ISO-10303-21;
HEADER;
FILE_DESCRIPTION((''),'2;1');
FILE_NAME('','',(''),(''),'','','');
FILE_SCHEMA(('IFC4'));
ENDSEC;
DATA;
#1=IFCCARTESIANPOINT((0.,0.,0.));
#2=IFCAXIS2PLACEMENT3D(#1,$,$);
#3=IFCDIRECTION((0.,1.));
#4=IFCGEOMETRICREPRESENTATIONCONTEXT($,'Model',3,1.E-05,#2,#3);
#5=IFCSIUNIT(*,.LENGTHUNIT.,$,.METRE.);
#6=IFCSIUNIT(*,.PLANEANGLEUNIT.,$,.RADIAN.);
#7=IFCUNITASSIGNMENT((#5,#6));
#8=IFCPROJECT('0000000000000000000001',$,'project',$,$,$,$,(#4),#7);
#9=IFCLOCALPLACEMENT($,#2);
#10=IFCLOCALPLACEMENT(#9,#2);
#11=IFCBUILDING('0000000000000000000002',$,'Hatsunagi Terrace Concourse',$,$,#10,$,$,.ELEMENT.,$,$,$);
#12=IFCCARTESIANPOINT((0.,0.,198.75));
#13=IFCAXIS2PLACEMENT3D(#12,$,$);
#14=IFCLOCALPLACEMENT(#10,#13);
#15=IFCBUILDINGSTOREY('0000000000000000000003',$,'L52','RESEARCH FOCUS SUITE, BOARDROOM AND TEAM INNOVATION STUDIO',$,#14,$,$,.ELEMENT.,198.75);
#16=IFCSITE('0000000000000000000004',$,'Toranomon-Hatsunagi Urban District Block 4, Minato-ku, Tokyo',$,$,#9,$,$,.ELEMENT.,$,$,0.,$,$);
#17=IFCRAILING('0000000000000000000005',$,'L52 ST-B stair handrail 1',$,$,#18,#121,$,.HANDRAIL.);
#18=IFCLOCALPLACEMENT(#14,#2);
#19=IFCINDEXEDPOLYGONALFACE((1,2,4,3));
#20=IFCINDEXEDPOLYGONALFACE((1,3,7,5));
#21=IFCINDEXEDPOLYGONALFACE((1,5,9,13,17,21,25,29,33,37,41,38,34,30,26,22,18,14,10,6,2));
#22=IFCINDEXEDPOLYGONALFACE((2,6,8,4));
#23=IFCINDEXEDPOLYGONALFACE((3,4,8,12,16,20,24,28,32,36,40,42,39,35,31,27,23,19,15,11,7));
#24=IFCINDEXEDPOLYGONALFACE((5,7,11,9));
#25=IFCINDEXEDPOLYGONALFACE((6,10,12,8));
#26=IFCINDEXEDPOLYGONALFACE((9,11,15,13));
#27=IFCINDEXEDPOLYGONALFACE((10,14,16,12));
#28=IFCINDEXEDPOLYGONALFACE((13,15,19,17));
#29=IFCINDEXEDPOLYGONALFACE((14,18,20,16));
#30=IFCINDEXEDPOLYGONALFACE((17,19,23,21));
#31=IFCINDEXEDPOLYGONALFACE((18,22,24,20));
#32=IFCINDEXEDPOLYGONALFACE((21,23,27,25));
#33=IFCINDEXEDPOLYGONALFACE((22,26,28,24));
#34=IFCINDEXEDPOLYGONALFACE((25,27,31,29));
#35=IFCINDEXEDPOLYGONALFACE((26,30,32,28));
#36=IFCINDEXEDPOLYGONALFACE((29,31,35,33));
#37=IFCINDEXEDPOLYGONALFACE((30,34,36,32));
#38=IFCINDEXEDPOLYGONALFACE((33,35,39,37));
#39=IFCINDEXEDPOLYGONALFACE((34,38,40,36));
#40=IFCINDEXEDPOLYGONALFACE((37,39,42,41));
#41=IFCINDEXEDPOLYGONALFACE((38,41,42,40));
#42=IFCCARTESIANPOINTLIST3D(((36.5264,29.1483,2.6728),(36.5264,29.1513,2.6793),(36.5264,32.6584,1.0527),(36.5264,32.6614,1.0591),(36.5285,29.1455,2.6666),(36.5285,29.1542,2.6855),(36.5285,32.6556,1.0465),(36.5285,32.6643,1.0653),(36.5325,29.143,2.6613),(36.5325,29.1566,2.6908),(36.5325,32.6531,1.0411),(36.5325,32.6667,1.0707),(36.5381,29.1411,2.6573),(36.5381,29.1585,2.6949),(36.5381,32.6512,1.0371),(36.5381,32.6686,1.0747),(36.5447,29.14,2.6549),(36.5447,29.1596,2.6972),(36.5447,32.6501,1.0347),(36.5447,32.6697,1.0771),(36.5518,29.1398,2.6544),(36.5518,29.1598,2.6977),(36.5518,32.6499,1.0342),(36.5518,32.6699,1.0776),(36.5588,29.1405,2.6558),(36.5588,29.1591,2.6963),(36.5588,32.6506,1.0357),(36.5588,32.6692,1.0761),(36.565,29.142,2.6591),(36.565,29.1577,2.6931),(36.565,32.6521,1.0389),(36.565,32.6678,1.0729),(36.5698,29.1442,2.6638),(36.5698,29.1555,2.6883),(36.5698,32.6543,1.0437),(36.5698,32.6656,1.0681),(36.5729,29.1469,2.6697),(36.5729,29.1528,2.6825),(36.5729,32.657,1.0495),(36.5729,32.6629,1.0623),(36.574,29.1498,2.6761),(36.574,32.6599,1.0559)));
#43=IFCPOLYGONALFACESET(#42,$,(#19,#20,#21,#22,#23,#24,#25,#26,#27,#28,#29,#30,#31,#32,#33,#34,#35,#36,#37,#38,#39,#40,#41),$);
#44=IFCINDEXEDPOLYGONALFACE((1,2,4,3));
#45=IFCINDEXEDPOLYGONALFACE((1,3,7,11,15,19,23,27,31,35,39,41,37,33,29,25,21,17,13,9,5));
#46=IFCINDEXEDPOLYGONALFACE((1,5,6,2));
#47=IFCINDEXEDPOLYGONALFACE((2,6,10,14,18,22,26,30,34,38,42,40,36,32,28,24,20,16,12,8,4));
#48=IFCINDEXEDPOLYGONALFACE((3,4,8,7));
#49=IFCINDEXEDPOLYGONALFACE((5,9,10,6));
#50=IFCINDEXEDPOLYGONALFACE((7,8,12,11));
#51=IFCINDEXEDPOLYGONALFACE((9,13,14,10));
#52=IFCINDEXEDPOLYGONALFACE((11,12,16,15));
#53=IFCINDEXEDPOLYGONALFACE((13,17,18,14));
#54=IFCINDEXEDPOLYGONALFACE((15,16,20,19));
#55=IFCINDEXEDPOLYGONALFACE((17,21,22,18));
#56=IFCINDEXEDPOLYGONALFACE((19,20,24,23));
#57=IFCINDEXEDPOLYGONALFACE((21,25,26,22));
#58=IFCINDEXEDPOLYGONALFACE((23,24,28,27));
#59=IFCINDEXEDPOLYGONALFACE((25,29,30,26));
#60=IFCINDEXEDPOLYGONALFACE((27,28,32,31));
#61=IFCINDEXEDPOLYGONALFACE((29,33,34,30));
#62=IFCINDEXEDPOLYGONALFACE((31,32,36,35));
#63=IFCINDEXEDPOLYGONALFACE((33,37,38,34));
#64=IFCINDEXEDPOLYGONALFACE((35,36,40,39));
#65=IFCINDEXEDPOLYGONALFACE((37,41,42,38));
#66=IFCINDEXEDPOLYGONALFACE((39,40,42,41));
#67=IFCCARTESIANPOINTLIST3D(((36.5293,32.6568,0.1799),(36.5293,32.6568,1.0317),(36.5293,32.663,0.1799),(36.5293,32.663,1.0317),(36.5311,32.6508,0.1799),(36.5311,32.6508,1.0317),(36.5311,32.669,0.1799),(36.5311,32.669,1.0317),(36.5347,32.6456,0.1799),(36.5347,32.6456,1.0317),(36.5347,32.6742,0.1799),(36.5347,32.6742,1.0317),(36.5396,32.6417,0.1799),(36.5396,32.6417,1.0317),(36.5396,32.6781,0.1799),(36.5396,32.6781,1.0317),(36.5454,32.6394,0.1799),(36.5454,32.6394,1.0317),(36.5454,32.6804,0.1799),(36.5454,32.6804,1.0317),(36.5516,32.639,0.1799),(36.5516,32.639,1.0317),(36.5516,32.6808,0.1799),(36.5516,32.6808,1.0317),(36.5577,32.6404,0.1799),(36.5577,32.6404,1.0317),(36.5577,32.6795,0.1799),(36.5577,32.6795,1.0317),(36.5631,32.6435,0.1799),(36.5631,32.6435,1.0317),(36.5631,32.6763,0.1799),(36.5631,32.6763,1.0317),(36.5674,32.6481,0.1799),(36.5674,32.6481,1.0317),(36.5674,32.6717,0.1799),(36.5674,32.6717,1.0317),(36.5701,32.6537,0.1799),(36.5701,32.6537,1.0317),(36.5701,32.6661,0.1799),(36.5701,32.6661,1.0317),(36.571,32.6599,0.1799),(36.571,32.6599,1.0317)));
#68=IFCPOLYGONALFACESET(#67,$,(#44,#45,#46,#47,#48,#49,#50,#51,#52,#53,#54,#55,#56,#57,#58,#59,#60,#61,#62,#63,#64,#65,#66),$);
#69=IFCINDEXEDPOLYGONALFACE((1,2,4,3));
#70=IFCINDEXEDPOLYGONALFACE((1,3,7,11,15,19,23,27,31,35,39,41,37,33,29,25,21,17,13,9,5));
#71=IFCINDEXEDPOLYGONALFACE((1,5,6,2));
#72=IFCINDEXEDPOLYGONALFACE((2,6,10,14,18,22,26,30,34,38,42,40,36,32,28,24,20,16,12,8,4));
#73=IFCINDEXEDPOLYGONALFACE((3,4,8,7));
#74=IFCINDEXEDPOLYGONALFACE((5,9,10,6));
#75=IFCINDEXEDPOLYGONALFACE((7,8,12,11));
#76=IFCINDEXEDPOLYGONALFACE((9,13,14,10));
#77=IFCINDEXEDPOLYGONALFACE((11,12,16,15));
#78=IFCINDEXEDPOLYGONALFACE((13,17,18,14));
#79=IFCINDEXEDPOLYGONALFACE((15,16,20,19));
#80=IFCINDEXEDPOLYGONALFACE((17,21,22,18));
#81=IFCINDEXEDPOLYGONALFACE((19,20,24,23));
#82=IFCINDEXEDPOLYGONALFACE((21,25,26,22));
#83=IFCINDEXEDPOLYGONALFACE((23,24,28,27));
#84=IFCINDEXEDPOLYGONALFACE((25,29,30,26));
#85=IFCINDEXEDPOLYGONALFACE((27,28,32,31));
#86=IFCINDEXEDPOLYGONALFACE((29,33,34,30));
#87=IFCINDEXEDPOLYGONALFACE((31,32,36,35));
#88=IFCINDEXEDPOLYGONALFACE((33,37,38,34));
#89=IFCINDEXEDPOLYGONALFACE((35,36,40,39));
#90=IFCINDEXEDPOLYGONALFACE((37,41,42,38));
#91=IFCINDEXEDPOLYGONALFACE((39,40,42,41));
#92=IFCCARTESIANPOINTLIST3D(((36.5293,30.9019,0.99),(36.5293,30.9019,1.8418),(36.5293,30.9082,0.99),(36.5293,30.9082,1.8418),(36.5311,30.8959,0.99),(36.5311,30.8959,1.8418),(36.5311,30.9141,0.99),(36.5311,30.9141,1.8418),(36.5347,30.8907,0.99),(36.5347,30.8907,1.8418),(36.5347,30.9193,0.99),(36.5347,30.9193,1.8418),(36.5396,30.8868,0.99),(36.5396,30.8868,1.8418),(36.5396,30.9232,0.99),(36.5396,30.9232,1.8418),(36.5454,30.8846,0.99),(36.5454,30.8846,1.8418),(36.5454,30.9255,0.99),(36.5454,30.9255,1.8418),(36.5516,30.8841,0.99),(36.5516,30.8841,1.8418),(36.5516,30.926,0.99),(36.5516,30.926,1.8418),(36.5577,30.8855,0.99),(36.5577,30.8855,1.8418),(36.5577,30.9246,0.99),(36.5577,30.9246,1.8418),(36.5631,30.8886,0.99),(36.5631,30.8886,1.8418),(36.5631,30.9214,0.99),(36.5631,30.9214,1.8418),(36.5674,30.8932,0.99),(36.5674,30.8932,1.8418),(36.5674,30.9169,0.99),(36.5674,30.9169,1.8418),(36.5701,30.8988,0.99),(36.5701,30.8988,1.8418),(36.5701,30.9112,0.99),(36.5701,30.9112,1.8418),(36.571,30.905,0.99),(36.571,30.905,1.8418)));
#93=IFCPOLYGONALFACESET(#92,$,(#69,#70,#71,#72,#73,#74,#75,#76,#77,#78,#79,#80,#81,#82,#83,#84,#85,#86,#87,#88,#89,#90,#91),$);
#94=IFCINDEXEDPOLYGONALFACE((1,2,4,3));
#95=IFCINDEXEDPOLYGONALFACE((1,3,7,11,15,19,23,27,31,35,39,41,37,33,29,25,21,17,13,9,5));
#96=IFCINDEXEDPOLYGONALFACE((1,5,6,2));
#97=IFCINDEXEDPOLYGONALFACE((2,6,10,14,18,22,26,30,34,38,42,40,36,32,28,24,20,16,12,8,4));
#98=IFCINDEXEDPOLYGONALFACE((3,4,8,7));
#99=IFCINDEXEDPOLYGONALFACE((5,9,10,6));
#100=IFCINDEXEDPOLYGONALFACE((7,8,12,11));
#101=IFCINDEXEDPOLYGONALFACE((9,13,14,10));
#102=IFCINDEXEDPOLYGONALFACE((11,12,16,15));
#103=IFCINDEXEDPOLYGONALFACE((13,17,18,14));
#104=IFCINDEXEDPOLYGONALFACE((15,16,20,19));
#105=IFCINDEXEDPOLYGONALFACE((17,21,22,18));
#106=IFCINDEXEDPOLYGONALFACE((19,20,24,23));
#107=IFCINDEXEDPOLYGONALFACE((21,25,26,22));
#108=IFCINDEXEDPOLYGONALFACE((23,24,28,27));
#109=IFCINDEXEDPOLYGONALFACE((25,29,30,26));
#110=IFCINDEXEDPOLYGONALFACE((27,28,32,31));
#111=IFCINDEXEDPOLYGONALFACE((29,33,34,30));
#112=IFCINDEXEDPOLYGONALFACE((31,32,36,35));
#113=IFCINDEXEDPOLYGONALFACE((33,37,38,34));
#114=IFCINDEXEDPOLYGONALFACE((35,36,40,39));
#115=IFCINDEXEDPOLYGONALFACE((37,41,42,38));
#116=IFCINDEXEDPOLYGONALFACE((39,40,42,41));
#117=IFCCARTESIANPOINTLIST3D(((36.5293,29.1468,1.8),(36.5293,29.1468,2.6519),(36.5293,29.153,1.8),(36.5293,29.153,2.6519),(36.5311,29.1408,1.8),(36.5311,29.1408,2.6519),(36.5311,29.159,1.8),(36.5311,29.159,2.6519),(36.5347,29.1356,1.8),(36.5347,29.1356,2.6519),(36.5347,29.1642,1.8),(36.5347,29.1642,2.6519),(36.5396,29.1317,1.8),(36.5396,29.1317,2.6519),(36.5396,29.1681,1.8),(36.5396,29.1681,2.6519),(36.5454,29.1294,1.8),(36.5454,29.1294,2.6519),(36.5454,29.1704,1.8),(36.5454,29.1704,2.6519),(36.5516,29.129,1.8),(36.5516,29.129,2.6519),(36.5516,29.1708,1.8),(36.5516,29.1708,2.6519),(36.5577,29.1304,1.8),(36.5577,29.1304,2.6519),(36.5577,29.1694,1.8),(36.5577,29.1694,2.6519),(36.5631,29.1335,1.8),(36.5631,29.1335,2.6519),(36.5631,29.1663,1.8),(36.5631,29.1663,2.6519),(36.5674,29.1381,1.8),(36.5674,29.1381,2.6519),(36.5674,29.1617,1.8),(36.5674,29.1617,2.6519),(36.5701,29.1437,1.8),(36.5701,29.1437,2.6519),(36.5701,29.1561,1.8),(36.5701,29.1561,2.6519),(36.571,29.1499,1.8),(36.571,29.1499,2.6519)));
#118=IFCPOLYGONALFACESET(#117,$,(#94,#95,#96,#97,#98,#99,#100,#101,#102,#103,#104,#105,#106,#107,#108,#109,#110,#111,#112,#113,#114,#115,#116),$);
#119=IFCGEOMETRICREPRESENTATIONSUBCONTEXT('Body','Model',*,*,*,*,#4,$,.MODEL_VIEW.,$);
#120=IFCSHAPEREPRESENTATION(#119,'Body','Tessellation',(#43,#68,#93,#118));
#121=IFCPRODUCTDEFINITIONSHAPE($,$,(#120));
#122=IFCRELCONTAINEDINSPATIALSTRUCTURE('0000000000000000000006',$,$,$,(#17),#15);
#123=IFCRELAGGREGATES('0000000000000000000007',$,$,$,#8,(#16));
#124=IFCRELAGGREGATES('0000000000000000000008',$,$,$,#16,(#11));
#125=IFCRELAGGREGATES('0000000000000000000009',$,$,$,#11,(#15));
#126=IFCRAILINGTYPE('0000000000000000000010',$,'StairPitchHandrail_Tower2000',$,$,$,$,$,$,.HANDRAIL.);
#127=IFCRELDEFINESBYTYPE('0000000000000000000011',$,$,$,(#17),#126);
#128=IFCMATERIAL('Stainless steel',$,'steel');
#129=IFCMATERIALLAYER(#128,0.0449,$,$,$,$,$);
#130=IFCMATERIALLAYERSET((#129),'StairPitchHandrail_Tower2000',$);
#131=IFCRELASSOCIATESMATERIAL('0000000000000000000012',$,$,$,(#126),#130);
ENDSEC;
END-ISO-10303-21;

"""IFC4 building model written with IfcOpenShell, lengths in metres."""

from ifc_helpers import new_model, si_unit, direction, frame, origin, origin_2d, place, context, subcontext, project, spatial, circle, extrude, material, layer, layer_set, type_object, element, save


model = new_model("IFC4")

# Units and contexts
model_context = context("Model", 3, precision=1e-05, world=origin(), true_north=direction((0.0, 1.0)))
body_context = subcontext(model_context, "Body", "Model", "MODEL_VIEW")
ifc_project = project(units=[si_unit("LENGTHUNIT", "METRE"), si_unit("PLANEANGLEUNIT", "RADIAN")], contexts=[model_context])

# Site, building, storey
site_placement = place(None, origin())
site = spatial("IfcSite", under=ifc_project, at=site_placement, Name="Toranomon-Hatsunagi Urban District Block 4, Minato-ku, Tokyo", CompositionType="ELEMENT", RefElevation=0.0)
building_placement = place(site_placement, origin())
building = spatial("IfcBuilding", under=site, at=building_placement, Name="Hatsunagi Terrace Concourse", CompositionType="ELEMENT")
storey_placement = place(building_placement, frame((0.0, 0.0, 198.75)))
storey = spatial("IfcBuildingStorey", under=building, at=storey_placement, Name="L52", Description="RESEARCH FOCUS SUITE, BOARDROOM AND TEAM INNOVATION STUDIO", CompositionType="ELEMENT", Elevation=198.75)

# Railing
ifc_material_1 = material(Name="Stainless steel", Category="steel")
ifc_layer_1 = layer(ifc_material_1, 0.0449)
ifc_layer_set_1 = layer_set([ifc_layer_1], Name="StairPitchHandrail_Tower2000")
railing_type_1 = type_object("IfcRailingType", Name="StairPitchHandrail_Tower2000", PredefinedType="HANDRAIL", material=ifc_layer_set_1)
railing_1_placement = place(storey_placement, frame((36.55, 32.6599, 0.1799)))
element("IfcRailing", 1, at=railing_1_placement, inside=storey, type_object=railing_type_1, Name="L52 ST-B stair handrail 1", PredefinedType="HANDRAIL", context=body_context, shape_type="SweptSolid", body=[
    extrude(circle(Radius=0.0239, at=origin_2d()), frame((0.0, 0.0, 0.876), z_axis=(0.0, -0.907948, 0.419082), x_axis=(1.0, 0.0, 0.0)), (0.0, 0.0, 1.0), 3.866),
    extrude(circle(Radius=0.021, at=origin_2d()), origin(), (0.0, 0.0, 1.0), 0.8518),
    extrude(circle(Radius=0.021, at=origin_2d()), frame((0.0, -1.7549, 0.8101)), (0.0, 0.0, 1.0), 0.8518),
    extrude(circle(Radius=0.021, at=origin_2d()), frame((0.0, -3.51, 1.6201)), (0.0, 0.0, 1.0), 0.8518),
])

save(model, "model.ifc")
